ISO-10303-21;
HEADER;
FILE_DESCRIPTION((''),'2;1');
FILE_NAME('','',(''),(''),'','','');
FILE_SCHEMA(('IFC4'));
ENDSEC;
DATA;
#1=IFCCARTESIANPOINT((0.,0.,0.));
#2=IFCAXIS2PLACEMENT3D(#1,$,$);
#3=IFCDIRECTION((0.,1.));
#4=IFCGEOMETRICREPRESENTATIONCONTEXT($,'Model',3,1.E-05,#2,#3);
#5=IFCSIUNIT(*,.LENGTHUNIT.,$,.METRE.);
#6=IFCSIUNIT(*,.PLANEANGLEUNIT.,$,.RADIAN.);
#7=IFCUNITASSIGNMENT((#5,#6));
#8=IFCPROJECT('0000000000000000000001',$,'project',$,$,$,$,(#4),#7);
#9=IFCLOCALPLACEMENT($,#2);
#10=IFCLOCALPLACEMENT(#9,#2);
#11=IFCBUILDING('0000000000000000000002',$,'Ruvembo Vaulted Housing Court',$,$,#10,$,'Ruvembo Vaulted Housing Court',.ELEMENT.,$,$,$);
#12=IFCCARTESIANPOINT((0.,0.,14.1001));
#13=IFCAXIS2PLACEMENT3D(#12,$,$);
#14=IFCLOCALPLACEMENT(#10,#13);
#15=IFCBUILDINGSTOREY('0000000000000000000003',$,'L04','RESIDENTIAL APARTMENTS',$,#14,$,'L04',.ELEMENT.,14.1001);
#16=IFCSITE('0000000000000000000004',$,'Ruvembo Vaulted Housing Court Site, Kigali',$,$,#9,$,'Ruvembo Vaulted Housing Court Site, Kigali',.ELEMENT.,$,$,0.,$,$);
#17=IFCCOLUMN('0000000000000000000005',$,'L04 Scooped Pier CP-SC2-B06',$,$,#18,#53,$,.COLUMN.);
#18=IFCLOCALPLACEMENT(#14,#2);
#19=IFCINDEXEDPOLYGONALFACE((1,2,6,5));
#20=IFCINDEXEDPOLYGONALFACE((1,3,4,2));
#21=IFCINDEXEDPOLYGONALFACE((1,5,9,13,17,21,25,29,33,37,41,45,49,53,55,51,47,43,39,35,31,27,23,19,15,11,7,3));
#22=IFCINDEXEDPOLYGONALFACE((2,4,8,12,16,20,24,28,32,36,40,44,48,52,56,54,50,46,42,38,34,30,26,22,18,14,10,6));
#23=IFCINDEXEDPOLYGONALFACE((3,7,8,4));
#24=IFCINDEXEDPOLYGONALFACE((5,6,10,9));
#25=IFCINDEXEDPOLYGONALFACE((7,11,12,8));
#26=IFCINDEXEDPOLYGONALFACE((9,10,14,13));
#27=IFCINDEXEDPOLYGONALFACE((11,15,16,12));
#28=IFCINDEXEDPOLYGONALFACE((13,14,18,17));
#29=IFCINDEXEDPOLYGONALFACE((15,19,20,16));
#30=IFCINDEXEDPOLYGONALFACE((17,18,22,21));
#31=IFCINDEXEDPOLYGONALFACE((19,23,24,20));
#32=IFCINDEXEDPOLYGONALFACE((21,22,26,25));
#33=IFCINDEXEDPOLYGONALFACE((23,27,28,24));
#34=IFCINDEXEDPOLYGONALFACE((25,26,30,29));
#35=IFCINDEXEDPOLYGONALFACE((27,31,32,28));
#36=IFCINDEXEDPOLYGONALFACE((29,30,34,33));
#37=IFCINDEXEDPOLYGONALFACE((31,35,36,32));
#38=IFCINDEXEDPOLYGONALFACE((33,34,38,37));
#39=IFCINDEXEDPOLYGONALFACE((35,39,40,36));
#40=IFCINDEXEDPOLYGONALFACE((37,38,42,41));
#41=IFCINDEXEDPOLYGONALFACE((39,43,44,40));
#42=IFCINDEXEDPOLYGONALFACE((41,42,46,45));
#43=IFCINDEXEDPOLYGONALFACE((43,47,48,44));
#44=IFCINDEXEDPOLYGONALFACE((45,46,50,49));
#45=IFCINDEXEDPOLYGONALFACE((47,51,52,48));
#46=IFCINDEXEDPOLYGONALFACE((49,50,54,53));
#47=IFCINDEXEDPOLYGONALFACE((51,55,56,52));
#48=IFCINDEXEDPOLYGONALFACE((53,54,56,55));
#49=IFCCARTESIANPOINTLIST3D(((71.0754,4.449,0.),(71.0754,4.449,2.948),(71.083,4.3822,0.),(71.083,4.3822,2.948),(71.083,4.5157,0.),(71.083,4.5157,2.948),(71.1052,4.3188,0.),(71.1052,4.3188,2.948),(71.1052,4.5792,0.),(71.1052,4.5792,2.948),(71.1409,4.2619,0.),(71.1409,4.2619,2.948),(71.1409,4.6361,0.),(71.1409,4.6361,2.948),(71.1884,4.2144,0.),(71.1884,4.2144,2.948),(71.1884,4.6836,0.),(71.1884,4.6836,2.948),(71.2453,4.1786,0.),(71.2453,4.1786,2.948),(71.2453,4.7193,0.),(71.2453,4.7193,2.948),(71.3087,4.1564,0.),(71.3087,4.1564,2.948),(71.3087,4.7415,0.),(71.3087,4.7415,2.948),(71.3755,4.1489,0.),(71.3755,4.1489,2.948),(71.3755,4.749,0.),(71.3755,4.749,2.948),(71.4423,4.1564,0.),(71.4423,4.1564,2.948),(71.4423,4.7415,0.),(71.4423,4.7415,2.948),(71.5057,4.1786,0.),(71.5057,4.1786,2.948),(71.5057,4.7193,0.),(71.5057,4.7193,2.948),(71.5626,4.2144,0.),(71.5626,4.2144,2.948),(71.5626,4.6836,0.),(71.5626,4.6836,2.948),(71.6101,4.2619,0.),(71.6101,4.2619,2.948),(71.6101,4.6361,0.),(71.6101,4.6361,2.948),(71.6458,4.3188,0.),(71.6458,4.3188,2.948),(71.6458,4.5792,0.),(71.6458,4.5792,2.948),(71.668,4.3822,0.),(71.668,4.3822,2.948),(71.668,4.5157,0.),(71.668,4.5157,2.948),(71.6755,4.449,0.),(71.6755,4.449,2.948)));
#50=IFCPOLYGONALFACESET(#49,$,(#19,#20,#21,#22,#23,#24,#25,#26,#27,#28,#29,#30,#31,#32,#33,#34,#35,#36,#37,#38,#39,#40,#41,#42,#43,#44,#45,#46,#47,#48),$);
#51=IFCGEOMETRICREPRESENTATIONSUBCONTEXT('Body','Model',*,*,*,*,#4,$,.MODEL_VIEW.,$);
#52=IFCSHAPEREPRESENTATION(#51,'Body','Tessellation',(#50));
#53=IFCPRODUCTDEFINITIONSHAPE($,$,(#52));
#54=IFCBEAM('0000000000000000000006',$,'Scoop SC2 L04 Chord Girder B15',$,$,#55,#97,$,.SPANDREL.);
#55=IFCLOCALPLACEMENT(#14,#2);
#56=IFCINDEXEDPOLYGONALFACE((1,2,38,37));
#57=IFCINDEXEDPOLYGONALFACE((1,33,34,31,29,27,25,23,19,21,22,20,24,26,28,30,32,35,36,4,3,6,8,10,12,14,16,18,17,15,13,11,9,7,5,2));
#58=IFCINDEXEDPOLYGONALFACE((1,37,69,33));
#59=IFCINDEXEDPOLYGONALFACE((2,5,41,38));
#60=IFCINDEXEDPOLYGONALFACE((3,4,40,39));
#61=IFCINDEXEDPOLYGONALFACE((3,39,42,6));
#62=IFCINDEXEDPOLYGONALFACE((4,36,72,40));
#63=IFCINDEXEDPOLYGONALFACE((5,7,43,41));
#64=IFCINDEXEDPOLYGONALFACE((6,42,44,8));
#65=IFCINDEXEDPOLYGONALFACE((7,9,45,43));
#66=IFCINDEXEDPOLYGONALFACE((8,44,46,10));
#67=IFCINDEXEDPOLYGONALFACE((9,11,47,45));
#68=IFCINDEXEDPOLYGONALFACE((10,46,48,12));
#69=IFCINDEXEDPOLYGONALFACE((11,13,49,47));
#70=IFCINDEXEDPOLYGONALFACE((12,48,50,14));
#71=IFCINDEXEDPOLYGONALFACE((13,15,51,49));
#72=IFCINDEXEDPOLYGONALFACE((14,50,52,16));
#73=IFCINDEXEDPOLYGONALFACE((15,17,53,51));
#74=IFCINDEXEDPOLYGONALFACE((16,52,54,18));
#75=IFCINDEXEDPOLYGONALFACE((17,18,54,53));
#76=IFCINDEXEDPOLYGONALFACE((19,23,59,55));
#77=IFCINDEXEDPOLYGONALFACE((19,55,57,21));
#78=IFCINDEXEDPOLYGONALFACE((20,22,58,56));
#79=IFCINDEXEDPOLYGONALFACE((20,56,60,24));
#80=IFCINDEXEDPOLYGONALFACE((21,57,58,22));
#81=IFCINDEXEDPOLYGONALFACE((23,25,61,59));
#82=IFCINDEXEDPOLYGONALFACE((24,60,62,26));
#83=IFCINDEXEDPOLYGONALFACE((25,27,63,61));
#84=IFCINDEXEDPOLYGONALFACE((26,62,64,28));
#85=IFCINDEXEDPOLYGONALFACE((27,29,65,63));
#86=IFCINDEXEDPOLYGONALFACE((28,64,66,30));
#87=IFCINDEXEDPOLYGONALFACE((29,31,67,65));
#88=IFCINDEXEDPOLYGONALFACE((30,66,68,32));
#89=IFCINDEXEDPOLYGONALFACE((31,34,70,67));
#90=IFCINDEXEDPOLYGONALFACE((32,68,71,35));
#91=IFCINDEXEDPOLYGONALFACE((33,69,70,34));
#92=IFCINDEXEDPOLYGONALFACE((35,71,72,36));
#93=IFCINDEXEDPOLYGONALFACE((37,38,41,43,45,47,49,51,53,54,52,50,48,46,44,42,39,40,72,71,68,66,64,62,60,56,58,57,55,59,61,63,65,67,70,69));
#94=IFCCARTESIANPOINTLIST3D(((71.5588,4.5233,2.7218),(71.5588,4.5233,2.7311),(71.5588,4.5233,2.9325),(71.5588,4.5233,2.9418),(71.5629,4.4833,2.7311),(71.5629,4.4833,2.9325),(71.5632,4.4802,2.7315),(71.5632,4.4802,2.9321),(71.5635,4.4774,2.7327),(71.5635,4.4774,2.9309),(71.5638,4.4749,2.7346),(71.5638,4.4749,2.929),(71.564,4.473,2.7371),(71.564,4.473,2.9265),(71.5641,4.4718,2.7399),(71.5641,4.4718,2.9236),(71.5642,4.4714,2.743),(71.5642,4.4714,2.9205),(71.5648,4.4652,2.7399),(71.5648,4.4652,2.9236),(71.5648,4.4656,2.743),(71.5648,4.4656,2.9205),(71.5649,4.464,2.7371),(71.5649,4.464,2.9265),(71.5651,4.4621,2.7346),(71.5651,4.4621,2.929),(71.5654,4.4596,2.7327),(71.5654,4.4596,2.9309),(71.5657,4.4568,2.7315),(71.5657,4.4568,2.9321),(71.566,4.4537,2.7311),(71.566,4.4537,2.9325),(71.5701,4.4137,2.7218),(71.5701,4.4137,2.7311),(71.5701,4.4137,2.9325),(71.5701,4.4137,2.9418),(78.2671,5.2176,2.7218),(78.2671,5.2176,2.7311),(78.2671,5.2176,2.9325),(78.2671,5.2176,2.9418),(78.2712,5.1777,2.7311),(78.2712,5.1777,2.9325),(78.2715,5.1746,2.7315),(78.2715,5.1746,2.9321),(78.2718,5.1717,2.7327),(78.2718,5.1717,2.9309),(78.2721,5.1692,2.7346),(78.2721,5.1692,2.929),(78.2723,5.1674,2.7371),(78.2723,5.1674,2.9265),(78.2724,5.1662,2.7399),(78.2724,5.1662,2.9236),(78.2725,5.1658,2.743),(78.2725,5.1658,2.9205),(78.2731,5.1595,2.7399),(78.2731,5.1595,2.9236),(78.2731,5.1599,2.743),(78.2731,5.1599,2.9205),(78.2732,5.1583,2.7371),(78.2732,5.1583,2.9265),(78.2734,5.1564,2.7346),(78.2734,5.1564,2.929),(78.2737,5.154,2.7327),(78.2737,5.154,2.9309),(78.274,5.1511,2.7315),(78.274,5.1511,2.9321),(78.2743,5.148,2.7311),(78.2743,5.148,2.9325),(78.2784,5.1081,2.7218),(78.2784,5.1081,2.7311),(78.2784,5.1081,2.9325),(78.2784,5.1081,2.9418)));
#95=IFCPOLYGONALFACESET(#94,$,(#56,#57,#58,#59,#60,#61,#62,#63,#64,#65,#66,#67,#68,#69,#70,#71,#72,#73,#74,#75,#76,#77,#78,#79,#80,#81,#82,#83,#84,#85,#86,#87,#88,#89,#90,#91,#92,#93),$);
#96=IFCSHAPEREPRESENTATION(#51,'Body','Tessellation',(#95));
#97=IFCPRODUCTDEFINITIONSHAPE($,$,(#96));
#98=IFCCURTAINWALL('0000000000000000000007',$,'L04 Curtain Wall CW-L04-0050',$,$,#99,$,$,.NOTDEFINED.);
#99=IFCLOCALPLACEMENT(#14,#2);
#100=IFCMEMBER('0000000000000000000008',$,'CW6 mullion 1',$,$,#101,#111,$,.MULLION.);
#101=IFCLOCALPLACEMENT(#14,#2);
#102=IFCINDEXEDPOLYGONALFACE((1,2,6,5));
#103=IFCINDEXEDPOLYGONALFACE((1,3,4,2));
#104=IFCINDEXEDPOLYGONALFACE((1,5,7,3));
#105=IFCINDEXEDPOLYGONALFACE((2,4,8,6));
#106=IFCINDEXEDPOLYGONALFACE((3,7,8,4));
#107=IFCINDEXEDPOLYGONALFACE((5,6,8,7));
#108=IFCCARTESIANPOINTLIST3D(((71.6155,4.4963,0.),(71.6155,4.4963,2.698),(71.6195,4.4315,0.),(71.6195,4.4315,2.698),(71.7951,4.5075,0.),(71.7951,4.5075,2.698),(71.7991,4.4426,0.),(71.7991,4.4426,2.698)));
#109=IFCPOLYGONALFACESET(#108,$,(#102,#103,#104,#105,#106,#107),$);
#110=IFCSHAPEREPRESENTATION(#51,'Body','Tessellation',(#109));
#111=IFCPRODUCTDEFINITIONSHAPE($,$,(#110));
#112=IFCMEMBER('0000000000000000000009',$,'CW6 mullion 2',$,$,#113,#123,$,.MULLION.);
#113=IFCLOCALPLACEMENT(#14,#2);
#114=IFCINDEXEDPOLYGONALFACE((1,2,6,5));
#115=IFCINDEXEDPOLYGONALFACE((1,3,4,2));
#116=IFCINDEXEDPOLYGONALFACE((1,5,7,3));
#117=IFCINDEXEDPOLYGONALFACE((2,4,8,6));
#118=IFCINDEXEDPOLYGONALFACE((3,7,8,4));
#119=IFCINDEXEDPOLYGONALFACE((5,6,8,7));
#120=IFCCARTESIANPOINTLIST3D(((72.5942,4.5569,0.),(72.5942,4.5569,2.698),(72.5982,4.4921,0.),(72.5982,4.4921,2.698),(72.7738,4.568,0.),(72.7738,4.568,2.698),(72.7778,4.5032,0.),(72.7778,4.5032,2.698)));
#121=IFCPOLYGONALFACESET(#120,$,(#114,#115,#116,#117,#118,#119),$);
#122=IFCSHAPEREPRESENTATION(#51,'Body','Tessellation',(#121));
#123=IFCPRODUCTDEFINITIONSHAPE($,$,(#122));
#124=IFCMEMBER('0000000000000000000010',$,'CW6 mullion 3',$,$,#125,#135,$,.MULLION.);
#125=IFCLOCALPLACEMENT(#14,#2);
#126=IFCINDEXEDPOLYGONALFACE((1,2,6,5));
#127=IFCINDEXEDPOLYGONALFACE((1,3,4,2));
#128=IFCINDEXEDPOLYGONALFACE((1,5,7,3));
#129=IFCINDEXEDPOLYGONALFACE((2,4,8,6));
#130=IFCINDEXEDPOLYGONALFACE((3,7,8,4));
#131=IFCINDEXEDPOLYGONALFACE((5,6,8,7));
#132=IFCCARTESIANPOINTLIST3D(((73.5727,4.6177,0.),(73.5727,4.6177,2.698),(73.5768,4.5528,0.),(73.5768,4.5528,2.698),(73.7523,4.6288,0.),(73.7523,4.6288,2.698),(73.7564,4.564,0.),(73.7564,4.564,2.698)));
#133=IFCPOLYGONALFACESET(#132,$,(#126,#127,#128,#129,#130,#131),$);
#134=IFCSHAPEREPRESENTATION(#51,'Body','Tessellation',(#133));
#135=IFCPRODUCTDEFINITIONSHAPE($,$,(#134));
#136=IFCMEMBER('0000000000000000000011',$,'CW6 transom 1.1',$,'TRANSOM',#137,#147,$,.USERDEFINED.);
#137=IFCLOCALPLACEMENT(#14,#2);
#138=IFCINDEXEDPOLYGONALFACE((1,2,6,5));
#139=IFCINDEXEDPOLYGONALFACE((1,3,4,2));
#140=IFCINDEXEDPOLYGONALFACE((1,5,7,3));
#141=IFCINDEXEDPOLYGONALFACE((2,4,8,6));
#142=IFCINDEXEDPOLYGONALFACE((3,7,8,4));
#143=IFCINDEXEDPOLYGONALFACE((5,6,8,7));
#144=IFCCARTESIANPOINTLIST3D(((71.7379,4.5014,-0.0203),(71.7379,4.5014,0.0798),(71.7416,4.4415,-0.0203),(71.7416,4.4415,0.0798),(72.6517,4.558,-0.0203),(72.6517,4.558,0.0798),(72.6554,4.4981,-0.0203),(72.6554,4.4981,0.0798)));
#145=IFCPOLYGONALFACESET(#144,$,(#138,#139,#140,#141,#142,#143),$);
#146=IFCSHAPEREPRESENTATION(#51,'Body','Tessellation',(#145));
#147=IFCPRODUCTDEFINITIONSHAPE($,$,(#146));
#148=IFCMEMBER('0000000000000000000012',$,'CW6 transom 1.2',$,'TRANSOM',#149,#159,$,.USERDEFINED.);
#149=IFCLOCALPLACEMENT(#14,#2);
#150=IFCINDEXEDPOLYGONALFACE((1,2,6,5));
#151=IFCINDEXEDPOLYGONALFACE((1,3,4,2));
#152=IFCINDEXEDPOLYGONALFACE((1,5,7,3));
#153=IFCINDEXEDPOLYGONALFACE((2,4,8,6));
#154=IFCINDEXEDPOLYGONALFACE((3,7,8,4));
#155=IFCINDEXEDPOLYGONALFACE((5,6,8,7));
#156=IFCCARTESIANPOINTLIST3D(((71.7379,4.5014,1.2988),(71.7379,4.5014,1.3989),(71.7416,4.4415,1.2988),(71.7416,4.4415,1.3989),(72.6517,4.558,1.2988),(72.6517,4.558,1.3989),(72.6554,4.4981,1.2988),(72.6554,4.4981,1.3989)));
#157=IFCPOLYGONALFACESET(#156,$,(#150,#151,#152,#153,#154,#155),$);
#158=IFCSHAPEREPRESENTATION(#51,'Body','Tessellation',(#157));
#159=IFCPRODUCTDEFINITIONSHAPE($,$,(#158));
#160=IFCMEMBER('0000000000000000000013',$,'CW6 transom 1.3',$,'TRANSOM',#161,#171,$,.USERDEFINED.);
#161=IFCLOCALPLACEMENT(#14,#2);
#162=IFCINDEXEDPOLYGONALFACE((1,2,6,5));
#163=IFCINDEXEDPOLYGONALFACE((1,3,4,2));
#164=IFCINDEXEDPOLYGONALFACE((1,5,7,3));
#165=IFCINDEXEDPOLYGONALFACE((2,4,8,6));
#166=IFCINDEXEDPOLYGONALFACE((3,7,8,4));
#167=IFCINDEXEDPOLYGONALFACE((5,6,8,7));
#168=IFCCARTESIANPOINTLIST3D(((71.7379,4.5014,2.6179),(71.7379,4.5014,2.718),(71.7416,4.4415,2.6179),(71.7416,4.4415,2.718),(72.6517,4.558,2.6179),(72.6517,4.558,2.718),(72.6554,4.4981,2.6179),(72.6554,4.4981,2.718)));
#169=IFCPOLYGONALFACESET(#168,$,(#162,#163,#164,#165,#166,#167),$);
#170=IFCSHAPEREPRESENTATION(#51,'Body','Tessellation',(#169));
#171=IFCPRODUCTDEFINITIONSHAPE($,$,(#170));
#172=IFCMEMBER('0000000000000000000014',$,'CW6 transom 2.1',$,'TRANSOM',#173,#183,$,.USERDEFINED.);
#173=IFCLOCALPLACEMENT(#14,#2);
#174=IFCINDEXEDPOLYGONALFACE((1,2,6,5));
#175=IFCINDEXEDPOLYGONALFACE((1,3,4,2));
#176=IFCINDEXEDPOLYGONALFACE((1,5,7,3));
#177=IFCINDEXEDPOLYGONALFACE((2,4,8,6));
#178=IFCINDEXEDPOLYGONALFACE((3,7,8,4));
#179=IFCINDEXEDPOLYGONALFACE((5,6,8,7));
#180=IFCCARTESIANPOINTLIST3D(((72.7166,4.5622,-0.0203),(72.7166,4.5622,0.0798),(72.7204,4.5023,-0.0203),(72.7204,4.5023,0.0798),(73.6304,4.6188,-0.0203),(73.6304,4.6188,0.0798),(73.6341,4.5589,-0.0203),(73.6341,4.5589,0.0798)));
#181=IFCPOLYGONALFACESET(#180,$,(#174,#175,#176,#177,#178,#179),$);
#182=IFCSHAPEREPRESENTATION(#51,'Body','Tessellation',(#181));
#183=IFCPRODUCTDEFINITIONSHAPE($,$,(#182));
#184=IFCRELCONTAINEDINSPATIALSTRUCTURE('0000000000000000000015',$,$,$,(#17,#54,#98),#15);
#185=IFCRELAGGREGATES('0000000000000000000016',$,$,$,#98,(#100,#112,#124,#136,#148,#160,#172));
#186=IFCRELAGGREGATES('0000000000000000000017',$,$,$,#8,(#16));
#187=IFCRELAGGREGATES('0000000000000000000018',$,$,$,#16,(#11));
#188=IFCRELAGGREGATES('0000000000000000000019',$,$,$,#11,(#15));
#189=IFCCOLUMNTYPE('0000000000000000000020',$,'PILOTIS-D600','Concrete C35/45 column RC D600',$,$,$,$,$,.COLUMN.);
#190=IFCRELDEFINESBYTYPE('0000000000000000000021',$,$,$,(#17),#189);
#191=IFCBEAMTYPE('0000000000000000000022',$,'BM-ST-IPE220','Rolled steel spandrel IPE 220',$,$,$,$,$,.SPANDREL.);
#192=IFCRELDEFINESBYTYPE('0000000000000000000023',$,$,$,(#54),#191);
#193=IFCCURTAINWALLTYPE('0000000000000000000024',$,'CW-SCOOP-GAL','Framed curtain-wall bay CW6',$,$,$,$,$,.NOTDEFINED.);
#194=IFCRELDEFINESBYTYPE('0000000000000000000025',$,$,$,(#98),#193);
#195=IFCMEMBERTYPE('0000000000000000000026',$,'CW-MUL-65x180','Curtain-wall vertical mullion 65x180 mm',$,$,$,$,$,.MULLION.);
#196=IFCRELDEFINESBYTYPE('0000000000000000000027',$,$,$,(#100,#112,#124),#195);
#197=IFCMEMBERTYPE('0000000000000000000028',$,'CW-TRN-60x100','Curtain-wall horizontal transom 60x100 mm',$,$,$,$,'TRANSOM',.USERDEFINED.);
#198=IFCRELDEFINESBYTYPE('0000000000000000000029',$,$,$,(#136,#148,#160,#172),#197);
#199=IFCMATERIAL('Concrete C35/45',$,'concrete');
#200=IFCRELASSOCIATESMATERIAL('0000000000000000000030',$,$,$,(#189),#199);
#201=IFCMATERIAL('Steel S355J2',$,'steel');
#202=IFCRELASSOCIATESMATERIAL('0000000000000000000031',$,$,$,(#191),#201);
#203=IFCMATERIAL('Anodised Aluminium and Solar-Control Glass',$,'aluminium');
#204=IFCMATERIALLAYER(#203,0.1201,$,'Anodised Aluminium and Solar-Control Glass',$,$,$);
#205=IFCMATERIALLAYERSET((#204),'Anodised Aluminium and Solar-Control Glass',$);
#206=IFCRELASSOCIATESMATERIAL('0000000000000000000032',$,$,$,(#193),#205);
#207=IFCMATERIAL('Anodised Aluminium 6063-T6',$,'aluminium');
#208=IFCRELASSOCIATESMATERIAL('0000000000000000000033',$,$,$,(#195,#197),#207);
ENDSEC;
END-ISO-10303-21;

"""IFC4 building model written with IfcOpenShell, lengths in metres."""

from ifc_helpers import new_model, si_unit, direction, frame, origin, origin_2d, place, context, subcontext, project, spatial, rectangle, circle, i_section, extrude, material, layer, layer_set, material_profile, profile_set, type_object, element, aggregate, save


model = new_model("IFC4")

# Units and contexts
model_context = context("Model", 3, precision=1e-05, world=origin(), true_north=direction((0.0, 1.0)))
body_context = subcontext(model_context, "Body", "Model", "MODEL_VIEW")
ifc_project = project(units=[si_unit("LENGTHUNIT", "METRE"), si_unit("PLANEANGLEUNIT", "RADIAN")], contexts=[model_context])

# Site, building, storey
site_placement = place(None, origin())
site = spatial("IfcSite", under=ifc_project, at=site_placement, Name="Ruvembo Vaulted Housing Court Site, Kigali", LongName="Ruvembo Vaulted Housing Court Site, Kigali", CompositionType="ELEMENT", RefElevation=0.0)
building_placement = place(site_placement, origin())
building = spatial("IfcBuilding", under=site, at=building_placement, Name="Ruvembo Vaulted Housing Court", LongName="Ruvembo Vaulted Housing Court", CompositionType="ELEMENT")
storey_placement = place(building_placement, frame((0.0, 0.0, 14.1001)))
storey = spatial("IfcBuildingStorey", under=building, at=storey_placement, Name="L04", Description="RESIDENTIAL APARTMENTS", LongName="L04", CompositionType="ELEMENT", Elevation=14.1001)

# Column
ifc_material_1 = material(Name="Concrete C35/45", Category="concrete")
ifc_material_profile_1 = material_profile(ifc_material_1, circle(Radius=0.3, at=origin_2d()), Name="RC D600")
ifc_profile_set_1 = profile_set([ifc_material_profile_1], Name="Concrete C35/45")
column_type = type_object("IfcColumnType", Name="PILOTIS-D600", Description="Concrete C35/45 column RC D600", PredefinedType="COLUMN", material=ifc_profile_set_1)
column_placement = place(storey_placement, frame((71.3755, 4.449, 0.0), z_axis=(0.0, 0.0, 1.0), x_axis=(1.0, 0.0, 0.0)))
element("IfcColumn", 1, at=column_placement, inside=storey, type_object=column_type, Name="L04 Scooped Pier CP-SC2-B06", PredefinedType="COLUMN", context=body_context, shape_type="SweptSolid", body=[
    extrude(circle(Radius=0.3, at=origin_2d()), origin(), (0.0, 0.0, 1.0), 2.948),
])

# Beam
ifc_material_2 = material(Name="Steel S355J2", Category="steel")
ifc_material_profile_2 = material_profile(ifc_material_2, i_section(OverallWidth=0.1101, OverallDepth=0.22, WebThickness=0.0059, FlangeThickness=0.0093, FilletRadius=0.012, at=origin_2d()), Name="IPE 220")
ifc_profile_set_2 = profile_set([ifc_material_profile_2], Name="Steel S355J2")
beam_type = type_object("IfcBeamType", Name="BM-ST-IPE220", Description="Rolled steel spandrel IPE 220", PredefinedType="SPANDREL", material=ifc_profile_set_2)
beam_placement = place(storey_placement, frame((71.5645, 4.4685, 2.8318), z_axis=(0.994686, 0.102955, 0.0), x_axis=(-0.102955, 0.994686, 0.0)))
element("IfcBeam", 2, at=beam_placement, inside=storey, type_object=beam_type, Name="Scoop SC2 L04 Chord Girder B15", PredefinedType="SPANDREL", context=body_context, shape_type="SweptSolid", body=[
    extrude(i_section(OverallWidth=0.1101, OverallDepth=0.22, WebThickness=0.0059, FlangeThickness=0.0093, FilletRadius=0.012, at=origin_2d()), origin(), (0.0, 0.0, 1.0), 6.7441),
])

# Curtain wall, members
ifc_material_3 = material(Name="Anodised Aluminium and Solar-Control Glass", Category="aluminium")
ifc_layer_1 = layer(ifc_material_3, 0.1201, Name="Anodised Aluminium and Solar-Control Glass")
ifc_layer_set_1 = layer_set([ifc_layer_1], Name="Anodised Aluminium and Solar-Control Glass")
curtain_wall_type = type_object("IfcCurtainWallType", Name="CW-SCOOP-GAL", Description="Framed curtain-wall bay CW6", PredefinedType="NOTDEFINED", material=ifc_layer_set_1)
curtain_wall_placement = place(storey_placement, origin())
curtain_wall = element("IfcCurtainWall", 3, at=curtain_wall_placement, inside=storey, type_object=curtain_wall_type, Name="L04 Curtain Wall CW-L04-0050", PredefinedType="NOTDEFINED")
ifc_material_4 = material(Name="Anodised Aluminium 6063-T6", Category="aluminium")
ifc_material_profile_3 = material_profile(ifc_material_4, rectangle(XDim=0.0649, YDim=0.1799, at=origin_2d()), Name="ALU 65x180")
ifc_profile_set_3 = profile_set([ifc_material_profile_3], Name="Anodised Aluminium 6063-T6")
member_type_1 = type_object("IfcMemberType", Name="CW-MUL-65x180", Description="Curtain-wall vertical mullion 65x180 mm", PredefinedType="MULLION", material=ifc_profile_set_3)
member_1_placement = place(storey_placement, frame((71.7073, 4.4695, 0.0), z_axis=(0.0, 0.0, 1.0), x_axis=(-0.061844, 0.998086, 0.0)))
member_1 = element("IfcMember", 4, at=member_1_placement, type_object=member_type_1, Name="CW6 mullion 1", PredefinedType="MULLION", context=body_context, shape_type="SweptSolid", body=[
    extrude(rectangle(XDim=0.0649, YDim=0.1799, at=origin_2d()), origin(), (0.0, 0.0, 1.0), 2.698),
])
member_2_placement = place(storey_placement, frame((72.686, 4.53, 0.0), z_axis=(0.0, 0.0, 1.0), x_axis=(-0.061844, 0.998086, 0.0)))
member_2 = element("IfcMember", 5, at=member_2_placement, type_object=member_type_1, Name="CW6 mullion 2", PredefinedType="MULLION", context=body_context, shape_type="SweptSolid", body=[
    extrude(rectangle(XDim=0.0649, YDim=0.1799, at=origin_2d()), origin(), (0.0, 0.0, 1.0), 2.698),
])
member_3_placement = place(storey_placement, frame((73.6646, 4.5908, 0.0), z_axis=(0.0, 0.0, 1.0), x_axis=(-0.061844, 0.998086, 0.0)))
member_3 = element("IfcMember", 6, at=member_3_placement, type_object=member_type_1, Name="CW6 mullion 3", PredefinedType="MULLION", context=body_context, shape_type="SweptSolid", body=[
    extrude(rectangle(XDim=0.0649, YDim=0.1799, at=origin_2d()), origin(), (0.0, 0.0, 1.0), 2.698),
])
ifc_material_profile_4 = material_profile(ifc_material_4, rectangle(XDim=0.0601, YDim=0.1001, at=origin_2d()), Name="ALU 60x100")
ifc_profile_set_4 = profile_set([ifc_material_profile_4], Name="Anodised Aluminium 6063-T6")
member_type_2 = type_object("IfcMemberType", Name="CW-TRN-60x100", Description="Curtain-wall horizontal transom 60x100 mm", ElementType="TRANSOM", PredefinedType="USERDEFINED", material=ifc_profile_set_4)
member_4_placement = place(storey_placement, frame((71.7397, 4.4714, 0.0298), z_axis=(0.998085, 0.061864, 0.0), x_axis=(-0.061864, 0.998085, 0.0)))
member_4 = element("IfcMember", 7, at=member_4_placement, type_object=member_type_2, Name="CW6 transom 1.1", ObjectType="TRANSOM", PredefinedType="USERDEFINED", context=body_context, shape_type="SweptSolid", body=[
    extrude(rectangle(XDim=0.0601, YDim=0.1001, at=origin_2d()), origin(), (0.0, 0.0, 1.0), 0.9155),
])
member_5_placement = place(storey_placement, frame((71.7397, 4.4714, 1.3489), z_axis=(0.998085, 0.061864, 0.0), x_axis=(-0.061864, 0.998085, 0.0)))
member_5 = element("IfcMember", 8, at=member_5_placement, type_object=member_type_2, Name="CW6 transom 1.2", ObjectType="TRANSOM", PredefinedType="USERDEFINED", context=body_context, shape_type="SweptSolid", body=[
    extrude(rectangle(XDim=0.0601, YDim=0.1001, at=origin_2d()), origin(), (0.0, 0.0, 1.0), 0.9155),
])
member_6_placement = place(storey_placement, frame((71.7397, 4.4714, 2.668), z_axis=(0.998085, 0.061864, 0.0), x_axis=(-0.061864, 0.998085, 0.0)))
member_6 = element("IfcMember", 9, at=member_6_placement, type_object=member_type_2, Name="CW6 transom 1.3", ObjectType="TRANSOM", PredefinedType="USERDEFINED", context=body_context, shape_type="SweptSolid", body=[
    extrude(rectangle(XDim=0.0601, YDim=0.1001, at=origin_2d()), origin(), (0.0, 0.0, 1.0), 0.9155),
])
member_7_placement = place(storey_placement, frame((72.7185, 4.5322, 0.0298), z_axis=(0.998085, 0.061864, 0.0), x_axis=(-0.061864, 0.998085, 0.0)))
member_7 = element("IfcMember", 10, at=member_7_placement, type_object=member_type_2, Name="CW6 transom 2.1", ObjectType="TRANSOM", PredefinedType="USERDEFINED", context=body_context, shape_type="SweptSolid", body=[
    extrude(rectangle(XDim=0.0601, YDim=0.1001, at=origin_2d()), origin(), (0.0, 0.0, 1.0), 0.9155),
])
aggregate(curtain_wall, [member_1, member_2, member_3, member_4, member_5, member_6, member_7])

save(model, "model.ifc")
